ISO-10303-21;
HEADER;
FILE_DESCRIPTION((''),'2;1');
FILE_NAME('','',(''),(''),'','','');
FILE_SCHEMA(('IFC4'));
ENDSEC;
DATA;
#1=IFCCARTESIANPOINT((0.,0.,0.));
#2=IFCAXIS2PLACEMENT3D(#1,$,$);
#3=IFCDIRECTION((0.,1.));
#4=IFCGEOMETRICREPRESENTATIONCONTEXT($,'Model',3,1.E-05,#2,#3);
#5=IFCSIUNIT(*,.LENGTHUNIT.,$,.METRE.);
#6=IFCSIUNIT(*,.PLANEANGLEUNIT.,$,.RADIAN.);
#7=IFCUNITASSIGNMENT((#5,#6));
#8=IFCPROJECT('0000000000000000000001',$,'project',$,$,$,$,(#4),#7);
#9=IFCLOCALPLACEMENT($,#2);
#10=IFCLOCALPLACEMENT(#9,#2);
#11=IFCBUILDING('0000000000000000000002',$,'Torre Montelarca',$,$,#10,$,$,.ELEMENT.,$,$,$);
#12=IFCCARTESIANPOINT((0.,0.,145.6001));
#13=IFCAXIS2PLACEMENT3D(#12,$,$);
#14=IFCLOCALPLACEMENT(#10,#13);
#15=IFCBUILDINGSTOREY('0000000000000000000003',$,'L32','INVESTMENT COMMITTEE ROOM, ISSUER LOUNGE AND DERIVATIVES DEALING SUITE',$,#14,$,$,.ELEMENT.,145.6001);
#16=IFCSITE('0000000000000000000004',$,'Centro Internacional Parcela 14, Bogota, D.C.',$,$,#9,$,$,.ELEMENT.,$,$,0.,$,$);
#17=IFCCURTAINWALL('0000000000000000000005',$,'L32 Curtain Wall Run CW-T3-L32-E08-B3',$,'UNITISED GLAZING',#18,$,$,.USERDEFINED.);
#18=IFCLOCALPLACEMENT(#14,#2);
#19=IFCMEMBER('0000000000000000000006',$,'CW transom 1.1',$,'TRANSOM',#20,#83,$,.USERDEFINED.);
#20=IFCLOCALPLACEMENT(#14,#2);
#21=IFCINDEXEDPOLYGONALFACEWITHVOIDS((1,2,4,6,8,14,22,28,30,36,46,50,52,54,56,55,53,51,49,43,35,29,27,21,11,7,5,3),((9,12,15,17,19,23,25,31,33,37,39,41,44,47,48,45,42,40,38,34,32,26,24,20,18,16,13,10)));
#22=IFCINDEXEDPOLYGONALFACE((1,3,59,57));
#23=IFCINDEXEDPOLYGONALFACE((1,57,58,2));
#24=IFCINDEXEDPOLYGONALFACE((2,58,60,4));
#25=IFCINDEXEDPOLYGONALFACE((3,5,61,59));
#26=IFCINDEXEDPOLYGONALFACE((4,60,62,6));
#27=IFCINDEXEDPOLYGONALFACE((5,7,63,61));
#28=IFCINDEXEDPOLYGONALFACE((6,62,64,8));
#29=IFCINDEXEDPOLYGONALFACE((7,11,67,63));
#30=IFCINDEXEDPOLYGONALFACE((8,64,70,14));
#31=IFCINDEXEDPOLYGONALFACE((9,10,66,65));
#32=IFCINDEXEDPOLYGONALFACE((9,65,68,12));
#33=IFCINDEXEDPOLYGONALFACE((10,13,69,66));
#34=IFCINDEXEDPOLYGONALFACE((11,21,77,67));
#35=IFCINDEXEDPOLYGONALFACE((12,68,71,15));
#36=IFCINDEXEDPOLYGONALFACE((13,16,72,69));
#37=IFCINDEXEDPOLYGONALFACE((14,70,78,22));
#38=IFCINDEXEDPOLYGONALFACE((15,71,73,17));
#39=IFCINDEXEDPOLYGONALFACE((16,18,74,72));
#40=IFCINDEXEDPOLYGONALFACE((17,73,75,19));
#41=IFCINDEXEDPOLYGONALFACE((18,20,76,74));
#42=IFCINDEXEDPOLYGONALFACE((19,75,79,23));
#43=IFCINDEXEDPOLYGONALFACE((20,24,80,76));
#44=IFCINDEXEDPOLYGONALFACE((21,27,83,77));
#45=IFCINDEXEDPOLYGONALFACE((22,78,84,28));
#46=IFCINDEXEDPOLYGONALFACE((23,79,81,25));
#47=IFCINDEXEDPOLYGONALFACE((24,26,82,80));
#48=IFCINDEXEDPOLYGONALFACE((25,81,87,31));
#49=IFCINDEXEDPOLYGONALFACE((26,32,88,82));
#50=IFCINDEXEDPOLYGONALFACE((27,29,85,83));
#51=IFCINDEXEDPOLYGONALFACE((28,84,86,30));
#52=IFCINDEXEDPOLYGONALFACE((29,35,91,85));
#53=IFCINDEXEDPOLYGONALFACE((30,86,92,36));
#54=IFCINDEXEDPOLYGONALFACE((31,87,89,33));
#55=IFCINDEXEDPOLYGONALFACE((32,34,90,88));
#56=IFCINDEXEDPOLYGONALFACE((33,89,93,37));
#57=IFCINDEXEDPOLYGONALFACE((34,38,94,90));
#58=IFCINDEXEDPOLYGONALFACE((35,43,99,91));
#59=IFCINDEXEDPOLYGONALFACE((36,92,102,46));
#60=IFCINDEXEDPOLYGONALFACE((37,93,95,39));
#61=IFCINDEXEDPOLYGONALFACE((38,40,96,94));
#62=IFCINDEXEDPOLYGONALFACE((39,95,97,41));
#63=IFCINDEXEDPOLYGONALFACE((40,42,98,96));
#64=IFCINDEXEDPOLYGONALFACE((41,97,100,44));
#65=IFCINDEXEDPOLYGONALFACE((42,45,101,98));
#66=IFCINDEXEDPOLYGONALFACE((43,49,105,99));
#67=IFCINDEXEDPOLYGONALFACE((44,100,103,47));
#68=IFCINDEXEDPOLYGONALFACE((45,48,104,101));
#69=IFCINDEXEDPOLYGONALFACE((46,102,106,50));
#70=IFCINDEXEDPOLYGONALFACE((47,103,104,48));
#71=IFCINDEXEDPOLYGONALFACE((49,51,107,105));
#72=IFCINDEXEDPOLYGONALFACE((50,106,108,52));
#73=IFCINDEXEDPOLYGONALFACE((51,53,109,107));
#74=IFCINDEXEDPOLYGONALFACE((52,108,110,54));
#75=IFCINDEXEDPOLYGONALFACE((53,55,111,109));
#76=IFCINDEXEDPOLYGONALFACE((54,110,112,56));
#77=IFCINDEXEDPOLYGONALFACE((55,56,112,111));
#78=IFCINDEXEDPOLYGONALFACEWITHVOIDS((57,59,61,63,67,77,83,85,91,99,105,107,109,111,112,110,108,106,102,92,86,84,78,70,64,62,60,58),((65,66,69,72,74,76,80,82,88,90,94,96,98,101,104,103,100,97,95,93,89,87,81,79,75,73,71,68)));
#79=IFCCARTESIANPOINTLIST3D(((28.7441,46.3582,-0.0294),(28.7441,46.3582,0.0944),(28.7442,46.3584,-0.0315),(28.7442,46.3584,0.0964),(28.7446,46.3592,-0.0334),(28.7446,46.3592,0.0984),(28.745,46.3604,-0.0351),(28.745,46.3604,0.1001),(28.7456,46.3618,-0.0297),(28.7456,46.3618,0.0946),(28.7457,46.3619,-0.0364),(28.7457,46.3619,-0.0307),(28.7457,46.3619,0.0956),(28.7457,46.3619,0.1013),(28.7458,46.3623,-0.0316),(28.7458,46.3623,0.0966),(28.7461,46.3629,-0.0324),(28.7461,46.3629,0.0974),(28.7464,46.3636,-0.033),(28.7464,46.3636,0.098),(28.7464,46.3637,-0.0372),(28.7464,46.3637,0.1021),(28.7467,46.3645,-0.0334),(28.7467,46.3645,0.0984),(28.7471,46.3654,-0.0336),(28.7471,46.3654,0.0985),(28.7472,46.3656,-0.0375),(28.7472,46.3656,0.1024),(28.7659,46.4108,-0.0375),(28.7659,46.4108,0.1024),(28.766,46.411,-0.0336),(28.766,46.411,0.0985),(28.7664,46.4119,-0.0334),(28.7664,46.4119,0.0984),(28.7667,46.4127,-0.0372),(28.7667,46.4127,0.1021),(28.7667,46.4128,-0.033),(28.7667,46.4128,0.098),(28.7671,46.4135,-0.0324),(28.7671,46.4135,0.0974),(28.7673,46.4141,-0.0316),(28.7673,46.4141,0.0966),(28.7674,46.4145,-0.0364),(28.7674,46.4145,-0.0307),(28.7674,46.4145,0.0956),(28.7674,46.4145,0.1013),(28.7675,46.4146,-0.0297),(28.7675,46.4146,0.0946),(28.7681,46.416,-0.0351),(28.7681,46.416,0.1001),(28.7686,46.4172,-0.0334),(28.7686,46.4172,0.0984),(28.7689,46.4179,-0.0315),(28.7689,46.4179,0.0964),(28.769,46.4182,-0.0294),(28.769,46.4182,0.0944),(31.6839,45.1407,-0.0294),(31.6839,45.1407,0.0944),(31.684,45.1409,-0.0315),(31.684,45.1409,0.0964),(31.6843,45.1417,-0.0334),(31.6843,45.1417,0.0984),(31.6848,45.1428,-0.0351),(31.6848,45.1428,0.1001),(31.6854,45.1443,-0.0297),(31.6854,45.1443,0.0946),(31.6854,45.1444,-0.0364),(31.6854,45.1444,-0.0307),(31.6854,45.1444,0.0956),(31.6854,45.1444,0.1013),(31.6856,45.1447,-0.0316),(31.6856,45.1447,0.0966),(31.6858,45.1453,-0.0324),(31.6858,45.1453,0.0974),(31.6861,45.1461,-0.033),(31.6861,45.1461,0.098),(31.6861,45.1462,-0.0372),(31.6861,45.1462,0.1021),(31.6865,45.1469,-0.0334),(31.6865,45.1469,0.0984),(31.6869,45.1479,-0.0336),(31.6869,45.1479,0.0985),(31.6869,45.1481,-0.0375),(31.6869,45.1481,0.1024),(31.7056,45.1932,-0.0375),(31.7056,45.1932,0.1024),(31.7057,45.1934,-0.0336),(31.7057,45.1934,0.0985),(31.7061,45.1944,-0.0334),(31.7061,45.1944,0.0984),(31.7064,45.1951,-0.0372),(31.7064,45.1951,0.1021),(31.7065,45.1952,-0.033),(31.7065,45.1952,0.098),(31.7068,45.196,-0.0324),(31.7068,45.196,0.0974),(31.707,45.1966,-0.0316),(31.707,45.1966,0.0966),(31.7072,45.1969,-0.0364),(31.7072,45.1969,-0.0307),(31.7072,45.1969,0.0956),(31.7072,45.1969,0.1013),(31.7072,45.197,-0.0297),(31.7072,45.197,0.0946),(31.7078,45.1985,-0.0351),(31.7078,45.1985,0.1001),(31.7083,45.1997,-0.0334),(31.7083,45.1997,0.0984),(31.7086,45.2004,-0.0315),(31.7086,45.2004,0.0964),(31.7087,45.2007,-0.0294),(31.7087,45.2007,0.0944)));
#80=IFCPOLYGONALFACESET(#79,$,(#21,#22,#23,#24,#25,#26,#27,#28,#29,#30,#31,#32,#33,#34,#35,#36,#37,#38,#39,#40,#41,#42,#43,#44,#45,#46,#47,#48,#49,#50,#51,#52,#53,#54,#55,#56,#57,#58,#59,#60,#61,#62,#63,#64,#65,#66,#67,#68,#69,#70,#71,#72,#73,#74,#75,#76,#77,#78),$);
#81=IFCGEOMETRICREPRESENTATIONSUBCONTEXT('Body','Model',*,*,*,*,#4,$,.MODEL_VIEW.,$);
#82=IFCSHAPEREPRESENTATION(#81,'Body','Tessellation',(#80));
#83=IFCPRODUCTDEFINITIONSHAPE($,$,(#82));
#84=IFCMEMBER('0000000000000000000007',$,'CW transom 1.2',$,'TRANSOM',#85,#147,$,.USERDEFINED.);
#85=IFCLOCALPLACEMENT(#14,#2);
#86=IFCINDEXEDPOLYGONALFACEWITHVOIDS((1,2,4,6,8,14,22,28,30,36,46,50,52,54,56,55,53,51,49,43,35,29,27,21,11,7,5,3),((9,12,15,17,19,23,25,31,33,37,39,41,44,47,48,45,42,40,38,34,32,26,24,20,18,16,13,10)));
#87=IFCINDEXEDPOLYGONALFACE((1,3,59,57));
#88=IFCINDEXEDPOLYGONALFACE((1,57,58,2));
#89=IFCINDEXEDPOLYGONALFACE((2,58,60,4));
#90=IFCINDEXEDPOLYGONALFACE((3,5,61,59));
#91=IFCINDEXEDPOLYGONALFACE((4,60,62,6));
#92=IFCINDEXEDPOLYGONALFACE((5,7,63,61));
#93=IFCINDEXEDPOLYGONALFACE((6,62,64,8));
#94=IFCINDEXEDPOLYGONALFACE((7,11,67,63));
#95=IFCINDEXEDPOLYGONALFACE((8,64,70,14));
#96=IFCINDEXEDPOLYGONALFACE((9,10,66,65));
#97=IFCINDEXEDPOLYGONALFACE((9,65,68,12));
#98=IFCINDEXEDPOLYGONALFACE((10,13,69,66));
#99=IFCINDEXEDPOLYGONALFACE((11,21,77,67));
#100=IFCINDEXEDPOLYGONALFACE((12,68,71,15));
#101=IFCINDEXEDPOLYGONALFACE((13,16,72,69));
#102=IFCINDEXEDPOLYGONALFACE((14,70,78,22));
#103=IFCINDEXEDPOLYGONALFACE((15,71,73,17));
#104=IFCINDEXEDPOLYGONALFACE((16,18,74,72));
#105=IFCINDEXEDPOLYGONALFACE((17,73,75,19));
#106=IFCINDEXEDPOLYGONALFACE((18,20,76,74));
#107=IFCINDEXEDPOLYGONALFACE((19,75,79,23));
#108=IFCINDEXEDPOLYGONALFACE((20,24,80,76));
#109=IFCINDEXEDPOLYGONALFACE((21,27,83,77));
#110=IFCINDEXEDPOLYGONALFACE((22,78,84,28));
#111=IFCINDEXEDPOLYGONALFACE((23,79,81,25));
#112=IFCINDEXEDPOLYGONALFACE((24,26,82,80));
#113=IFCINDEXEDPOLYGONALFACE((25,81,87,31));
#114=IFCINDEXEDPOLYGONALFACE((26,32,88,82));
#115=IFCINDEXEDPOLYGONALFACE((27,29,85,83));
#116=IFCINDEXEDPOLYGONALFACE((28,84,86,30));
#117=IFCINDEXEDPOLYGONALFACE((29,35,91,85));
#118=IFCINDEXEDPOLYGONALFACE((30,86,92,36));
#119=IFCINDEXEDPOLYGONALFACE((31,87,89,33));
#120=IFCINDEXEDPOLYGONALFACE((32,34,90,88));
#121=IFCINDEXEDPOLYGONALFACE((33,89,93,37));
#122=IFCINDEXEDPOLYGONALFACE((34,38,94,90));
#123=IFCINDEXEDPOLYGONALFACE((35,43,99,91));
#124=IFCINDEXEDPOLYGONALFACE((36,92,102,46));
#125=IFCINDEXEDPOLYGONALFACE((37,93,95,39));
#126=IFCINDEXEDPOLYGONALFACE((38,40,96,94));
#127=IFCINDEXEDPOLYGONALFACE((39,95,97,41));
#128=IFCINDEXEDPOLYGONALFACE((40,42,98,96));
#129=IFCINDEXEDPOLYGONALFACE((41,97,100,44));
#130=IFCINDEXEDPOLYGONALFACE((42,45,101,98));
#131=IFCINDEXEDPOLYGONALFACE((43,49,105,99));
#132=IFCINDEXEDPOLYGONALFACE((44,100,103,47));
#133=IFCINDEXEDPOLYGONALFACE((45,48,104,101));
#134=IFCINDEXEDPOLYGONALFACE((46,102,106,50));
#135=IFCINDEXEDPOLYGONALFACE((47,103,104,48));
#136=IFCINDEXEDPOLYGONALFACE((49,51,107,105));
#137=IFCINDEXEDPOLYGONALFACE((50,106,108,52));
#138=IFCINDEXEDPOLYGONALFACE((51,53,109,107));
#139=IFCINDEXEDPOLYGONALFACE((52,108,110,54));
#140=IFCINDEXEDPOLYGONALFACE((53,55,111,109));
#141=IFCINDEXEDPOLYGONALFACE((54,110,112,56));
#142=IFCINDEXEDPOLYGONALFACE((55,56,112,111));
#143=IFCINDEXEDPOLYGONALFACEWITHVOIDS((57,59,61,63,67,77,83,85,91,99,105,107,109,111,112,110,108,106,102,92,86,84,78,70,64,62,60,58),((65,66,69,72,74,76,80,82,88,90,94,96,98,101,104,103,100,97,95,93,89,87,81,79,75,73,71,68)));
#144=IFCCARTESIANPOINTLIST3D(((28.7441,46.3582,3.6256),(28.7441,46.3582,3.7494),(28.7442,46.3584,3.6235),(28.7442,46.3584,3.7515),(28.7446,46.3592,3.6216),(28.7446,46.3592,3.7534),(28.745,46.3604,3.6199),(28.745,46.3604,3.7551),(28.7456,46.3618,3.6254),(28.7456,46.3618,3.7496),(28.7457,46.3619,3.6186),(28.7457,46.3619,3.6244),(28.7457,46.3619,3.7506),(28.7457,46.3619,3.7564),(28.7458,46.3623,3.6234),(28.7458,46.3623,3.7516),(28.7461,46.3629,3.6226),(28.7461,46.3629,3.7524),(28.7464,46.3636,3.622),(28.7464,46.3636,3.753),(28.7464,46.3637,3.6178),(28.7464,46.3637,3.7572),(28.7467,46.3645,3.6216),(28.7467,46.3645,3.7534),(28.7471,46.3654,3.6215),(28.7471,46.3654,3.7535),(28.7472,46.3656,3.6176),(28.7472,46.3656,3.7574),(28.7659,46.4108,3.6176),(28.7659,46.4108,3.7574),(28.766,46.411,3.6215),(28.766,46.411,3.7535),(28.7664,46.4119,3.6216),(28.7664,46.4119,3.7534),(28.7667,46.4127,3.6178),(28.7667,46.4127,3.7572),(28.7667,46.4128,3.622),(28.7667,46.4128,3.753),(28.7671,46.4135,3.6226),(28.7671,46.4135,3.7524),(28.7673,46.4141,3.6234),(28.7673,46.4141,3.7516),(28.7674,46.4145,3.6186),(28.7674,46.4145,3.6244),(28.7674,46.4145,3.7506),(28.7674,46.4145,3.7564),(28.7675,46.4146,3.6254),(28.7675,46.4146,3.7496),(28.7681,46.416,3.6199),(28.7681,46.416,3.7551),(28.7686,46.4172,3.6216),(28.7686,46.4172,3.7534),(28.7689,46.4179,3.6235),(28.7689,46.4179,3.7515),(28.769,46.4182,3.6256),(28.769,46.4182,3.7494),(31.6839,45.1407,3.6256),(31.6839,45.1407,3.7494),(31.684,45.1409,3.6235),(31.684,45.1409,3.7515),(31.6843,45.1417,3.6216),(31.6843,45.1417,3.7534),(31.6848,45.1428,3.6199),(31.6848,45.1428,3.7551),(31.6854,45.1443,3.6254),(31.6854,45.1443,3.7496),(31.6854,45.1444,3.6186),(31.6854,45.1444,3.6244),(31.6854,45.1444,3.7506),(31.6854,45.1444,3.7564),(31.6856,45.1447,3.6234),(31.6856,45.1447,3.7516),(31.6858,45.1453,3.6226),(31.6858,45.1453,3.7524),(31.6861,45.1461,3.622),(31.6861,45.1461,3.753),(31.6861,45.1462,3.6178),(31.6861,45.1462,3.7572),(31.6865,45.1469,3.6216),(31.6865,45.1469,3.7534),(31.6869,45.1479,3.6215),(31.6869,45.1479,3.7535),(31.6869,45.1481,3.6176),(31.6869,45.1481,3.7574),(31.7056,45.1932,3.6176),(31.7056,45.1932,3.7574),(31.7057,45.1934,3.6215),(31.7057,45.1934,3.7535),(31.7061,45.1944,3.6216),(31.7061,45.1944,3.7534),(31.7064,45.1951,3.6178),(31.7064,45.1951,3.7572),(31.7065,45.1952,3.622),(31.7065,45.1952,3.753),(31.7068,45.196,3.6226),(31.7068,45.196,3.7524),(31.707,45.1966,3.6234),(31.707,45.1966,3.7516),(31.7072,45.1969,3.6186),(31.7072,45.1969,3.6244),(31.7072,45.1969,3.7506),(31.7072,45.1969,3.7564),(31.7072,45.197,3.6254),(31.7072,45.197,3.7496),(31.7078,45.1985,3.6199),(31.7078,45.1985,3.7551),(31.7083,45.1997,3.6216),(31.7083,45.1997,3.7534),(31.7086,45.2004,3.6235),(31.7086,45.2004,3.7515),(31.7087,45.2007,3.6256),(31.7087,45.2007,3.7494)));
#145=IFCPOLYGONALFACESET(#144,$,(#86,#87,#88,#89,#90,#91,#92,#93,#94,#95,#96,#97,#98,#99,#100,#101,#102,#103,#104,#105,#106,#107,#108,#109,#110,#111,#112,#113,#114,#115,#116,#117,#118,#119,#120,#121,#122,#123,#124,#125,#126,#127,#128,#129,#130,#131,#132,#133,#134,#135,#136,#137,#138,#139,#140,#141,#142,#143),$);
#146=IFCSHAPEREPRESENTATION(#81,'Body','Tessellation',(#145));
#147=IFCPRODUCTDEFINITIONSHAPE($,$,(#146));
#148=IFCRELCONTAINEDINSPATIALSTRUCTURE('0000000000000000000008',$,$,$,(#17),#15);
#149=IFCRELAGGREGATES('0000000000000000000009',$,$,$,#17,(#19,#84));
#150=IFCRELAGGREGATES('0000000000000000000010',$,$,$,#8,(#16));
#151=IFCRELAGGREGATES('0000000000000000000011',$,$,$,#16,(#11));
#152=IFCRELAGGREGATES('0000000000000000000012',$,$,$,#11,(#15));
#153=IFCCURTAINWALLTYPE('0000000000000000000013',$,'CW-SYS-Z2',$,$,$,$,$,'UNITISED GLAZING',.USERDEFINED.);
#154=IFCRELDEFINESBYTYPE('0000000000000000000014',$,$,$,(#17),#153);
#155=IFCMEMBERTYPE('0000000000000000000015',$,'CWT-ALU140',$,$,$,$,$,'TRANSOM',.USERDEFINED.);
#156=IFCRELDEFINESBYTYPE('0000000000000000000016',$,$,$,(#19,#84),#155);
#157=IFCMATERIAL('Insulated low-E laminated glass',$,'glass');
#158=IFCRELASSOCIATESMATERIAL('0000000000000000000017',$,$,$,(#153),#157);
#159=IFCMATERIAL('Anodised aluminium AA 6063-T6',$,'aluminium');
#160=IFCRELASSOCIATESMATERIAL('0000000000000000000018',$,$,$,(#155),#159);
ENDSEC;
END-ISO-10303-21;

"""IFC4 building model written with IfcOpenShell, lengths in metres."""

from ifc_helpers import new_model, si_unit, direction, frame, origin, origin_2d, place, context, subcontext, project, spatial, hollow_rectangle, extrude, source, transform, mapped, material, material_profile, profile_set, type_object, element, aggregate, save


model = new_model("IFC4")

# Units and contexts
model_context = context("Model", 3, precision=1e-05, world=origin(), true_north=direction((0.0, 1.0)))
body_context = subcontext(model_context, "Body", "Model", "MODEL_VIEW")
ifc_project = project(units=[si_unit("LENGTHUNIT", "METRE"), si_unit("PLANEANGLEUNIT", "RADIAN")], contexts=[model_context])

# Site, building, storey
site_placement = place(None, origin())
site = spatial("IfcSite", under=ifc_project, at=site_placement, Name="Centro Internacional Parcela 14, Bogota, D.C.", CompositionType="ELEMENT", RefElevation=0.0)
building_placement = place(site_placement, origin())
building = spatial("IfcBuilding", under=site, at=building_placement, Name="Torre Montelarca", CompositionType="ELEMENT")
storey_placement = place(building_placement, frame((0.0, 0.0, 145.6001)))
storey = spatial("IfcBuildingStorey", under=building, at=storey_placement, Name="L32", Description="INVESTMENT COMMITTEE ROOM, ISSUER LOUNGE AND DERIVATIVES DEALING SUITE", CompositionType="ELEMENT", Elevation=145.6001)

# Curtain wall
ifc_material_1 = material(Name="Insulated low-E laminated glass", Category="glass")
curtain_wall_type = type_object("IfcCurtainWallType", Name="CW-SYS-Z2", ElementType="UNITISED GLAZING", PredefinedType="USERDEFINED", material=ifc_material_1)
ifc_material_2 = material(Name="Anodised aluminium AA 6063-T6", Category="aluminium")
curtain_wall_1_placement = place(storey_placement, origin())
curtain_wall_1 = element("IfcCurtainWall", 1, at=curtain_wall_1_placement, inside=storey, type_object=curtain_wall_type, Name="L32 Curtain Wall Run CW-T3-L32-E08-B3", ObjectType="UNITISED GLAZING", PredefinedType="USERDEFINED")

# Members
ifc_material_profile_1 = material_profile(ifc_material_2, hollow_rectangle(XDim=0.0649, YDim=0.1399, WallThickness=0.0039, InnerFilletRadius=0.0039, OuterFilletRadius=0.0081, at=origin_2d()), Name="ALU65X140X4", Category="aluminium")
ifc_profile_set_1 = profile_set([ifc_material_profile_1], Name="Anodised aluminium AA 6063-T6")
member_type_1 = type_object("IfcMemberType", Name="CWT-ALU140", ElementType="TRANSOM", PredefinedType="USERDEFINED", material=ifc_profile_set_1)
shared_shape_1 = source(origin(), body_context, "Body", "SweptSolid", [
    extrude(hollow_rectangle(XDim=0.0649, YDim=0.1399, WallThickness=0.0039, InnerFilletRadius=0.0039, OuterFilletRadius=0.0081, at=origin_2d()), origin(), (0.0, 0.0, 1.0), 3.1819),
])
member_1_placement = place(storey_placement, frame((31.6963, 45.1707, 0.0325), z_axis=(-0.923894, 0.382648, 0.0), x_axis=(-0.382648, -0.923894, 0.0)))
member_1 = element("IfcMember", 2, at=member_1_placement, type_object=member_type_1, Name="CW transom 1.1", ObjectType="TRANSOM", PredefinedType="USERDEFINED", context=body_context, shape_type="MappedRepresentation", body=[
    mapped(shared_shape_1, transform((0.0, 0.0, 0.0), scale=1.0)),
])
member_2_placement = place(storey_placement, frame((31.6963, 45.1707, 3.6875), z_axis=(-0.923894, 0.382648, 0.0), x_axis=(-0.382648, -0.923894, 0.0)))
member_2 = element("IfcMember", 3, at=member_2_placement, type_object=member_type_1, Name="CW transom 1.2", ObjectType="TRANSOM", PredefinedType="USERDEFINED", context=body_context, shape_type="MappedRepresentation", body=[
    mapped(shared_shape_1, transform((0.0, 0.0, 0.0), scale=1.0)),
])

aggregate(curtain_wall_1, [member_1, member_2])

save(model, "model.ifc")
